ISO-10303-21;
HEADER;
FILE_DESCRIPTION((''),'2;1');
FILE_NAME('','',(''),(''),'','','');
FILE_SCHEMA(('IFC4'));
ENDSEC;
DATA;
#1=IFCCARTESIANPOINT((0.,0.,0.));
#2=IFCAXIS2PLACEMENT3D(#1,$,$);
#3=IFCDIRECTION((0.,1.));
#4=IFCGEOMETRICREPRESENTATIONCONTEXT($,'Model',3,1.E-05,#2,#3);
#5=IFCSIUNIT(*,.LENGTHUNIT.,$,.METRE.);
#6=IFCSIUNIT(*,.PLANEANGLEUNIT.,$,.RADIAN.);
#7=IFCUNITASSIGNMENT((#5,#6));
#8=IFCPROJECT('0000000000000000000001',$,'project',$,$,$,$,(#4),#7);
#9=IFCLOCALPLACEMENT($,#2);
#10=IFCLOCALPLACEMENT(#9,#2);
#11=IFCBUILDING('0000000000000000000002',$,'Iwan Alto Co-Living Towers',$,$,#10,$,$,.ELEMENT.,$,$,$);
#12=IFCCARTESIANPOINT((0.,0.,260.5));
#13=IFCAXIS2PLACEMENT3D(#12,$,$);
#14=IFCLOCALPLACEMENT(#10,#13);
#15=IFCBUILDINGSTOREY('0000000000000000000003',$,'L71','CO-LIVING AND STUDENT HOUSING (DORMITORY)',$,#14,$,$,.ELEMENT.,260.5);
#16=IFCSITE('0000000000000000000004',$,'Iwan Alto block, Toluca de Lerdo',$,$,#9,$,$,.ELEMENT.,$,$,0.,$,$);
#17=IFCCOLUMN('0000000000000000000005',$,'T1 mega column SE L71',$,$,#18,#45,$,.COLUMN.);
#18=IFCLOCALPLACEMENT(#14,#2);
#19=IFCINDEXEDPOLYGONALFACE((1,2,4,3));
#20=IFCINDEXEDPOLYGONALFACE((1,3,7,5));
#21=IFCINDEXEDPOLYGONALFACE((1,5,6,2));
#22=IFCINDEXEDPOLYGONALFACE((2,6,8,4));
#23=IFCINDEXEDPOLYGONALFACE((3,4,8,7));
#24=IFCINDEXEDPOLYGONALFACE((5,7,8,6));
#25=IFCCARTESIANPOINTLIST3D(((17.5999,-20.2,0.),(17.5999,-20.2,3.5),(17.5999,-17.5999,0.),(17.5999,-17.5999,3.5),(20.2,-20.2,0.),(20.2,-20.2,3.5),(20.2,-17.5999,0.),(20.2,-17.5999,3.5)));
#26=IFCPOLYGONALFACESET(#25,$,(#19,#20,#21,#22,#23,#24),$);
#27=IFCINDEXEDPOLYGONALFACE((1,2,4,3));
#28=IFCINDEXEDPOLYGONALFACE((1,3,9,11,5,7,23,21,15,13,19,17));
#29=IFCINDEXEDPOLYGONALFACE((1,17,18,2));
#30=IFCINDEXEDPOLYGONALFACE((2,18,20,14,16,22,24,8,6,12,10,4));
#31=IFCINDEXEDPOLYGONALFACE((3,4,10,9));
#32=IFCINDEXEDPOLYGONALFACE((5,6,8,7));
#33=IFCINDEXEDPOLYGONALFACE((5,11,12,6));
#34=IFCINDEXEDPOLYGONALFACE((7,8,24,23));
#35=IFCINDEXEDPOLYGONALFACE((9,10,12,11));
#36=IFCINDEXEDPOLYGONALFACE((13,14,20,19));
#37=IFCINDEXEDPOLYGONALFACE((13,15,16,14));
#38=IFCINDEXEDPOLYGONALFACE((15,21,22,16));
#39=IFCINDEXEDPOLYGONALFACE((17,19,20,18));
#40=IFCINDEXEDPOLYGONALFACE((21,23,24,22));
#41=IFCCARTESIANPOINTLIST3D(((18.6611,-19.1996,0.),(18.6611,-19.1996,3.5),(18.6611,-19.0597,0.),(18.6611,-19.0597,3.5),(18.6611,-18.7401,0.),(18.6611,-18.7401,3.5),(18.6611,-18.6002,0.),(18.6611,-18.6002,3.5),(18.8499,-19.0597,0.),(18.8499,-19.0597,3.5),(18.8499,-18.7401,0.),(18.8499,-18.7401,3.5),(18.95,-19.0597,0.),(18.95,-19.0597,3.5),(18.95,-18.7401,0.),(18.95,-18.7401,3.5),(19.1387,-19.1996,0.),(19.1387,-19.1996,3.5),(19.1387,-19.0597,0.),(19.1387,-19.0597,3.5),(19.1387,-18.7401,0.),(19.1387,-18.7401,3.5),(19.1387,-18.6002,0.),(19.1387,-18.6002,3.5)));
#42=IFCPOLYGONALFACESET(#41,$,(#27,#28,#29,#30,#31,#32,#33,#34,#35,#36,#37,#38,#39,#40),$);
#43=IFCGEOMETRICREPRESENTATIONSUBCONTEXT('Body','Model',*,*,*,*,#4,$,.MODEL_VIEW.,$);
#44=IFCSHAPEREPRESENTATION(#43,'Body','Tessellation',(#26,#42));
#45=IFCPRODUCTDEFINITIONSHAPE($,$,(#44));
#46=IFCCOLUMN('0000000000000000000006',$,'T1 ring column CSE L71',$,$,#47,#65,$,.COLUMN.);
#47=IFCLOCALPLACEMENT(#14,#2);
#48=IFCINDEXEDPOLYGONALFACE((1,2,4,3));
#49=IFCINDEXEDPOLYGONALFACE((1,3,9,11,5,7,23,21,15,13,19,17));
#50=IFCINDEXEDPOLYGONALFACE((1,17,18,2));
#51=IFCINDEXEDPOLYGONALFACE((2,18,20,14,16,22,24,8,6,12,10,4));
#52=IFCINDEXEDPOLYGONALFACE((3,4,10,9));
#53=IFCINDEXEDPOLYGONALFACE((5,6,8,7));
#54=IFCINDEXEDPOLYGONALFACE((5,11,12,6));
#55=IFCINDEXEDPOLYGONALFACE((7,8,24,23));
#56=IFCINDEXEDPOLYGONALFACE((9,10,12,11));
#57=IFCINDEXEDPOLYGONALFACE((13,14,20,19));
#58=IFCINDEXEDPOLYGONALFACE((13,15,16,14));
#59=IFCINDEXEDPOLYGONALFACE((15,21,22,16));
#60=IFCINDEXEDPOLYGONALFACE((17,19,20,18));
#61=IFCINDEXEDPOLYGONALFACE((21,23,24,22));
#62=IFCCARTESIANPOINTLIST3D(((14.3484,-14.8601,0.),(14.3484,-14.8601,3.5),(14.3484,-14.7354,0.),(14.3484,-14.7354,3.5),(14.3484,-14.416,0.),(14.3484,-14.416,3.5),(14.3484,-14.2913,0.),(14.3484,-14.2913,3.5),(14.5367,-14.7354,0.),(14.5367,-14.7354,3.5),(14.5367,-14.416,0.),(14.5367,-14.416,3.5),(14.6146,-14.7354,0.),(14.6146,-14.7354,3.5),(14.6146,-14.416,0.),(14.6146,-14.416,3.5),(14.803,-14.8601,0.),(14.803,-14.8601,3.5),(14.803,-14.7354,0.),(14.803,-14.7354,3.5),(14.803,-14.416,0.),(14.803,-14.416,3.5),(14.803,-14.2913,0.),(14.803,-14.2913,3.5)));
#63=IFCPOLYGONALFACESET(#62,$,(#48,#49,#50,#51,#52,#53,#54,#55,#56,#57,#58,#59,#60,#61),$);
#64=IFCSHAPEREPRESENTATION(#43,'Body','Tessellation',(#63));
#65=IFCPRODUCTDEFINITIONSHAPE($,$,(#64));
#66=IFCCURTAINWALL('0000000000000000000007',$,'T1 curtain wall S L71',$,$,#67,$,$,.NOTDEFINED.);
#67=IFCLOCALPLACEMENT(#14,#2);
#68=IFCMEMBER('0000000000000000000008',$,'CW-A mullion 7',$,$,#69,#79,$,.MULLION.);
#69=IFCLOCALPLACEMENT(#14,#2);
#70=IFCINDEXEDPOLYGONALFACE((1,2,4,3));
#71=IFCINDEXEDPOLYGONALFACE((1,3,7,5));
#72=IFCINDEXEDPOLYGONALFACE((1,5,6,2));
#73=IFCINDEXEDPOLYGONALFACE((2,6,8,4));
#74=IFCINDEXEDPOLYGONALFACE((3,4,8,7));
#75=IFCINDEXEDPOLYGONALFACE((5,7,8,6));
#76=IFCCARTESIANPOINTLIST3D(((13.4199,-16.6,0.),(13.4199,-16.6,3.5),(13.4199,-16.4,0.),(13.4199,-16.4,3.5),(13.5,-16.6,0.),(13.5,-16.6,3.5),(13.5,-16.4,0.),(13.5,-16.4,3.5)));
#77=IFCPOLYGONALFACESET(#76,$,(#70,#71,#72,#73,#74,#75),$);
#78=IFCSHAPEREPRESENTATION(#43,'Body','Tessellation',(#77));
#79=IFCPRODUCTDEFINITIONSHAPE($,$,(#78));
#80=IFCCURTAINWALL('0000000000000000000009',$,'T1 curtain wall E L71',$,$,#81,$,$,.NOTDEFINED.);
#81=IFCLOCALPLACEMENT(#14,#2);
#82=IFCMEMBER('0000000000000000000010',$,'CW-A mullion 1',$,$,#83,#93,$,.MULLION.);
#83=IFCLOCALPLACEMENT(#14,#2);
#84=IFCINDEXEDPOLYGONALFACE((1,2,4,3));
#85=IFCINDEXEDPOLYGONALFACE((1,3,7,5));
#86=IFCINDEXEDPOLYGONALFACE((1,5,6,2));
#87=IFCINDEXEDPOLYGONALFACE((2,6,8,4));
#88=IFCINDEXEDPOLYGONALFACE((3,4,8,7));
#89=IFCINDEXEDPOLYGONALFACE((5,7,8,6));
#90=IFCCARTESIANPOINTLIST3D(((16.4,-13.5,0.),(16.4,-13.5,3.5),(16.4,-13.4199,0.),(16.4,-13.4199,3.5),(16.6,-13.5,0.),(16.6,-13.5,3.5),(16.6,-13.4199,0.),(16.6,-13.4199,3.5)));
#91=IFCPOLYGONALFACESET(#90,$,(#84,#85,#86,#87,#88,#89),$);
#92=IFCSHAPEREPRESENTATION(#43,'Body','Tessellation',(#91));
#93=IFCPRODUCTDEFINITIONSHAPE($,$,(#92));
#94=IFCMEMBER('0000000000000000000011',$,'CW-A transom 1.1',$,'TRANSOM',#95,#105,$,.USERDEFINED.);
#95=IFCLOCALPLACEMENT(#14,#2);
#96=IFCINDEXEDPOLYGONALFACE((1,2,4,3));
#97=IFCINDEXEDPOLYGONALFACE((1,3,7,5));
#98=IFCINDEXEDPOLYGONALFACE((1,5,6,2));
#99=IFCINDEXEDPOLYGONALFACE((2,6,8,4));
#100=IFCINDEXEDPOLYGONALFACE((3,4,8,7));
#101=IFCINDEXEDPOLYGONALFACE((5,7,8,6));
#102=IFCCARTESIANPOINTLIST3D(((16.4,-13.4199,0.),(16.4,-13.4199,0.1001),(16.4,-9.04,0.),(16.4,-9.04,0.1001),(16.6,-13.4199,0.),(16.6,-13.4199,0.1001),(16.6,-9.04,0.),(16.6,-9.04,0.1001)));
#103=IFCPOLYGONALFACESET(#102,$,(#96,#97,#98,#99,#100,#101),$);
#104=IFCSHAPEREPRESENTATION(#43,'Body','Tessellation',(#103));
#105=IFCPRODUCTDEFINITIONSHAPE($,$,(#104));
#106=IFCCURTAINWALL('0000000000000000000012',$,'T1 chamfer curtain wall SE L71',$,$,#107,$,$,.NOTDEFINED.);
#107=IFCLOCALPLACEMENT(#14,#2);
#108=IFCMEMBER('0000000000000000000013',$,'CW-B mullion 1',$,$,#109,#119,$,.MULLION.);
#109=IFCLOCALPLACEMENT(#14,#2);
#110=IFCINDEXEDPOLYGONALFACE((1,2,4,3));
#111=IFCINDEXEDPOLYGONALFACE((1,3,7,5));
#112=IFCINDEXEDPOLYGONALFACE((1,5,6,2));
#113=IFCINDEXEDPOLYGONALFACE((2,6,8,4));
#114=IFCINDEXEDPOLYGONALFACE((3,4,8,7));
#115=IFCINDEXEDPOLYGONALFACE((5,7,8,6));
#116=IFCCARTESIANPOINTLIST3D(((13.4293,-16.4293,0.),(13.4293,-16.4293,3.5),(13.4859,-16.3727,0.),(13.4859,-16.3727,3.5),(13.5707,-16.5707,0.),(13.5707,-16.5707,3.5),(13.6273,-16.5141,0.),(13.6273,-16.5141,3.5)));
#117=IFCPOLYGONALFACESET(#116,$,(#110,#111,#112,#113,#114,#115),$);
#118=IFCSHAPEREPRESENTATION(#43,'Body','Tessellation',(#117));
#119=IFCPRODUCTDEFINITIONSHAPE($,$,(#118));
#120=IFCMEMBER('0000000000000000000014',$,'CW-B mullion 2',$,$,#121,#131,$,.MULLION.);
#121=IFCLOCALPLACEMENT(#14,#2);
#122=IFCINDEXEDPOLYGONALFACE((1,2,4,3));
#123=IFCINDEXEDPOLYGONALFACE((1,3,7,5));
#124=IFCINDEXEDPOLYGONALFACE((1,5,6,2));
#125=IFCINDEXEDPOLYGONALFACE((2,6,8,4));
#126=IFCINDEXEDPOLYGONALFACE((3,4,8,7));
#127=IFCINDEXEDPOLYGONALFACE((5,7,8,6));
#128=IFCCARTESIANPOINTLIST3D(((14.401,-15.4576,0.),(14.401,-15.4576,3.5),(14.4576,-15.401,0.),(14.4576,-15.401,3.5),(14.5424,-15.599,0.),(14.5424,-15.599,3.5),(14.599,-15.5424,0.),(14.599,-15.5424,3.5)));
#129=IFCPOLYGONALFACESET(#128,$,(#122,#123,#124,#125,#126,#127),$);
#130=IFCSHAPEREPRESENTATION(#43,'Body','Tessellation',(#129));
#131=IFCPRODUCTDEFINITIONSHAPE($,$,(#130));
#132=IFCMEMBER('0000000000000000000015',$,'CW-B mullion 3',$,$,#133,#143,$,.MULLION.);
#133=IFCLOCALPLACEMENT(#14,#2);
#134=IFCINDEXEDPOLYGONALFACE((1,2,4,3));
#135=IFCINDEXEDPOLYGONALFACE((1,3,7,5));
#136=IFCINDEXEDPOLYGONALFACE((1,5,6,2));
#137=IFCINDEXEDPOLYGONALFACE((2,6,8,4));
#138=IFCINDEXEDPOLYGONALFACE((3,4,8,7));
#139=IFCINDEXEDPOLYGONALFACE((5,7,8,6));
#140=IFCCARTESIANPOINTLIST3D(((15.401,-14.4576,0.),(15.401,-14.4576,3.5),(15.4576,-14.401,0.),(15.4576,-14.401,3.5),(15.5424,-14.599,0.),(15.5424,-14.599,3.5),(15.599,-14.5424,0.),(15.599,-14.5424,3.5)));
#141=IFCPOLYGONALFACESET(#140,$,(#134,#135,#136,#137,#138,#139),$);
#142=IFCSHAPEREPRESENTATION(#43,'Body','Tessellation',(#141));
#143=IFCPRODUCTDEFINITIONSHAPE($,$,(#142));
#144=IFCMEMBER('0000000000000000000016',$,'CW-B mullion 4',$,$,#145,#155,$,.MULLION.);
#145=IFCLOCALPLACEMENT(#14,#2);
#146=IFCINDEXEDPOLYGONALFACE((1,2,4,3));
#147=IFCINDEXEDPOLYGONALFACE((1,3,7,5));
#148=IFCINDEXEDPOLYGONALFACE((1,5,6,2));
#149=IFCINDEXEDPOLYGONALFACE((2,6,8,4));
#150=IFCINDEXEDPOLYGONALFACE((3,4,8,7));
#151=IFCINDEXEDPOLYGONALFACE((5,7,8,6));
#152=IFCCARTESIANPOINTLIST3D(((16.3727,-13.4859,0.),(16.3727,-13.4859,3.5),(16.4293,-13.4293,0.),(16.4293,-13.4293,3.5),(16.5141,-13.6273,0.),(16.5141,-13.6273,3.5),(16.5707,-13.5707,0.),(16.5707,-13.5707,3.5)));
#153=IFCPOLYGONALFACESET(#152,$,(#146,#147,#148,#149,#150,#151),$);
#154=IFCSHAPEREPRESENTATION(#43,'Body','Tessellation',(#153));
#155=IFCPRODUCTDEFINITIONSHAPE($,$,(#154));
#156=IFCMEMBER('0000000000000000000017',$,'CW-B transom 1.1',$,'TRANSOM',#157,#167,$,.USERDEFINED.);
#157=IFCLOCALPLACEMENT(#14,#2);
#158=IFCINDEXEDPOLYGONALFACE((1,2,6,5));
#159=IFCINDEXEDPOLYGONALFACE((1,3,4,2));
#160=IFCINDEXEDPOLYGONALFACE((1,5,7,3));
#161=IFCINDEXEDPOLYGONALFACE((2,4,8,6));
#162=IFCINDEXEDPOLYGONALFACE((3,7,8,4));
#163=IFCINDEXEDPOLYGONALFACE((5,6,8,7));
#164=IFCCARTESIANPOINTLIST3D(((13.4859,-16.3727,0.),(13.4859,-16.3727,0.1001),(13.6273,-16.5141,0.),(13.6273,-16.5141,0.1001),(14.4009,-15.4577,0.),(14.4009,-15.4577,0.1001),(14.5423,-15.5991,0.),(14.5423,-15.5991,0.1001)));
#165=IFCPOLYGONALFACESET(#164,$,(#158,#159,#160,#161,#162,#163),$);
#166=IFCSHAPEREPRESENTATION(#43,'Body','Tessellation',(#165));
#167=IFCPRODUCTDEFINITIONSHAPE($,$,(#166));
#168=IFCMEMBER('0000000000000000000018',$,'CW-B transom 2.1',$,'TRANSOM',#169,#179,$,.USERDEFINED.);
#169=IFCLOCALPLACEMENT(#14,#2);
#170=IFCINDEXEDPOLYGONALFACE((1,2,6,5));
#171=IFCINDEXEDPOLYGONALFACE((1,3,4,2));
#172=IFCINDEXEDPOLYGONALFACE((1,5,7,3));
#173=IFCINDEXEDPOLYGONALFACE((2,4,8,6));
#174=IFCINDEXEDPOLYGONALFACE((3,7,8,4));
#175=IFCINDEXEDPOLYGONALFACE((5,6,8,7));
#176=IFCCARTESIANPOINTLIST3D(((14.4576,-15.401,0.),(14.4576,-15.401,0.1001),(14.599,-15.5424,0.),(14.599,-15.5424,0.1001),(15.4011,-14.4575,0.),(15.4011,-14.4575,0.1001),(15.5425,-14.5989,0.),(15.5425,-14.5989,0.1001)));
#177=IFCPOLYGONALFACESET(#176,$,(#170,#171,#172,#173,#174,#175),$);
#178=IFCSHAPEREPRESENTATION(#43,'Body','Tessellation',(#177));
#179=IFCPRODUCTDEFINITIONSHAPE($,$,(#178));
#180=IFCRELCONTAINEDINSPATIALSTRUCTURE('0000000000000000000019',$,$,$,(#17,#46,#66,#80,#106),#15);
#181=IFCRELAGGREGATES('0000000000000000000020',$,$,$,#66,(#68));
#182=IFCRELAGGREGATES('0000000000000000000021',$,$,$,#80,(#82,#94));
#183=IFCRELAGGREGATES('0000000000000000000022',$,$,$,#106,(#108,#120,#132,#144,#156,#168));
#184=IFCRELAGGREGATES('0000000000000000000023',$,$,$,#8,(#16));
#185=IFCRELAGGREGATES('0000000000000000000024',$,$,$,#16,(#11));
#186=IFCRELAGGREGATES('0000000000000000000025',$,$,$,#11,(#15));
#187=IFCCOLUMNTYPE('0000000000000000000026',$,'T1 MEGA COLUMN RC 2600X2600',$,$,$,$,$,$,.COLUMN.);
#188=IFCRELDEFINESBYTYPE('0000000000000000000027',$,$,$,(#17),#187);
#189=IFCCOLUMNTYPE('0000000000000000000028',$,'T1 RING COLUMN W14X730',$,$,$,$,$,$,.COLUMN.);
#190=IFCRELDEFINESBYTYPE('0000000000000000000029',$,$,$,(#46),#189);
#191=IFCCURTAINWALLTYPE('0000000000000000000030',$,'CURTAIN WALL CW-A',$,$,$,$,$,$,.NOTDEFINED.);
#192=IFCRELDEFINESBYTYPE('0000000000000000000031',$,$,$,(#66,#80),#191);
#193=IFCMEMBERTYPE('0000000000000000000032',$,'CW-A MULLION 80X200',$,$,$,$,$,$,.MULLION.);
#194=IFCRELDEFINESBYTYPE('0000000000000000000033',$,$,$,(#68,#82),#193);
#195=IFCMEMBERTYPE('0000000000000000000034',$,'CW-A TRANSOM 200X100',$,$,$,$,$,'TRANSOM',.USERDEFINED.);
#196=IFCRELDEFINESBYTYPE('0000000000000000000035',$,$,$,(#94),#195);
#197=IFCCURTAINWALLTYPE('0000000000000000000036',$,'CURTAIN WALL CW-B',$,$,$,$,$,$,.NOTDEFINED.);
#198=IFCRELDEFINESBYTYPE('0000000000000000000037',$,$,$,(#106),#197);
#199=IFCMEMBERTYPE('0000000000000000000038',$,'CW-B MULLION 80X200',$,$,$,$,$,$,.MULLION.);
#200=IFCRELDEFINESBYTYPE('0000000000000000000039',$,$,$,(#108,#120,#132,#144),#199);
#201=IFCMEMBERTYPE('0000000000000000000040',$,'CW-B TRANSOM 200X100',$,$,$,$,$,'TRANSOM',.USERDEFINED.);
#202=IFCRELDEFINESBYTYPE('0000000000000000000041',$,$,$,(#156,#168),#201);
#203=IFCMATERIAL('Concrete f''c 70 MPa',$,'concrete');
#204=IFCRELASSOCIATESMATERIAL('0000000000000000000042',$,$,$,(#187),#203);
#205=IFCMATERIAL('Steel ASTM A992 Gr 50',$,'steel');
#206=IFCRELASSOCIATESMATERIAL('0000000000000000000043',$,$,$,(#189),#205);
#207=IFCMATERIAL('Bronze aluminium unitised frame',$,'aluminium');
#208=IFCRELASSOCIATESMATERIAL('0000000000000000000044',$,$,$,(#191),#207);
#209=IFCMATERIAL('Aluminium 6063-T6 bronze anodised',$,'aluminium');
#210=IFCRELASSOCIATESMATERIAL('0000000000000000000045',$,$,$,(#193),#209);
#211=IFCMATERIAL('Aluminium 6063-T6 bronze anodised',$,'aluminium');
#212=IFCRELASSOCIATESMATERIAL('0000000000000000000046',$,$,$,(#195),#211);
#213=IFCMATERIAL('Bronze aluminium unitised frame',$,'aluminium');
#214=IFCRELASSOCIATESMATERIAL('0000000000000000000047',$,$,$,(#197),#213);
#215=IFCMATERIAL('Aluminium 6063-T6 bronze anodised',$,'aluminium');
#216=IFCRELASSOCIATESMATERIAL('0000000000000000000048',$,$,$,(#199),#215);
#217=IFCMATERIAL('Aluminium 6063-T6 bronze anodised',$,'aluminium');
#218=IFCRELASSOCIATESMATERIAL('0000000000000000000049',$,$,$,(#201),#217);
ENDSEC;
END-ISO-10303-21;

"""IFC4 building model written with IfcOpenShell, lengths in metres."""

from ifc_helpers import new_model, si_unit, direction, frame, origin, origin_2d, place, context, subcontext, project, spatial, rectangle, i_section, extrude, material, material_profile, profile_set, type_object, element, aggregate, save


model = new_model("IFC4")

# Units and contexts
model_context = context("Model", 3, precision=1e-05, world=origin(), true_north=direction((0.0, 1.0)))
body_context = subcontext(model_context, "Body", "Model", "MODEL_VIEW")
ifc_project = project(units=[si_unit("LENGTHUNIT", "METRE"), si_unit("PLANEANGLEUNIT", "RADIAN")], contexts=[model_context])

# Site, building, storey
site_placement = place(None, origin())
site = spatial("IfcSite", under=ifc_project, at=site_placement, Name="Iwan Alto block, Toluca de Lerdo", CompositionType="ELEMENT", RefElevation=0.0)
building_placement = place(site_placement, origin())
building = spatial("IfcBuilding", under=site, at=building_placement, Name="Iwan Alto Co-Living Towers", CompositionType="ELEMENT")
storey_placement = place(building_placement, frame((0.0, 0.0, 260.5)))
storey = spatial("IfcBuildingStorey", under=building, at=storey_placement, Name="L71", Description="CO-LIVING AND STUDENT HOUSING (DORMITORY)", CompositionType="ELEMENT", Elevation=260.5)

# Columns
ifc_material_1 = material(Name="Concrete f'c 70 MPa", Category="concrete")
ifc_material_profile_1 = material_profile(ifc_material_1, rectangle(XDim=2.6001, YDim=2.6001, at=origin_2d()), Name="RC 2600X2600")
ifc_profile_set_1 = profile_set([ifc_material_profile_1], Name="Concrete f'c 70 MPa")
column_type_1 = type_object("IfcColumnType", Name="T1 MEGA COLUMN RC 2600X2600", PredefinedType="COLUMN", material=ifc_profile_set_1)
column_1_placement = place(storey_placement, frame((18.8999, -18.8999, 0.0), z_axis=(0.0, 0.0, 1.0), x_axis=(1.0, 0.0, 0.0)))
element("IfcColumn", 1, at=column_1_placement, inside=storey, type_object=column_type_1, Name="T1 mega column SE L71", PredefinedType="COLUMN", context=body_context, shape_type="SweptSolid", body=[
    extrude(rectangle(XDim=2.6001, YDim=2.6001, at=origin_2d()), origin(), (0.0, 0.0, 1.0), 3.5),
    extrude(i_section(OverallWidth=0.4775, OverallDepth=0.5994, WebThickness=0.1001, FlangeThickness=0.1399, at=origin_2d()), origin(), (0.0, 0.0, 1.0), 3.5),
])
ifc_material_2 = material(Name="Steel ASTM A992 Gr 50", Category="steel")
ifc_material_profile_2 = material_profile(ifc_material_2, i_section(OverallWidth=0.4546, OverallDepth=0.5688, WebThickness=0.0779, FlangeThickness=0.1248, at=origin_2d()), Name="W14X730")
ifc_profile_set_2 = profile_set([ifc_material_profile_2], Name="Steel ASTM A992 Gr 50")
column_type_2 = type_object("IfcColumnType", Name="T1 RING COLUMN W14X730", PredefinedType="COLUMN", material=ifc_profile_set_2)
column_2_placement = place(storey_placement, frame((14.5757, -14.5757, 0.0), z_axis=(0.0, 0.0, 1.0), x_axis=(1.0, 0.0, 0.0)))
element("IfcColumn", 2, at=column_2_placement, inside=storey, type_object=column_type_2, Name="T1 ring column CSE L71", PredefinedType="COLUMN", context=body_context, shape_type="SweptSolid", body=[
    extrude(i_section(OverallWidth=0.4546, OverallDepth=0.5688, WebThickness=0.0779, FlangeThickness=0.1248, at=origin_2d()), origin(), (0.0, 0.0, 1.0), 3.5),
])

# Curtain wall, member
ifc_material_3 = material(Name="Bronze aluminium unitised frame", Category="aluminium")
curtain_wall_type_1 = type_object("IfcCurtainWallType", Name="CURTAIN WALL CW-A", PredefinedType="NOTDEFINED", material=ifc_material_3)
curtain_wall_1_placement = place(storey_placement, origin())
curtain_wall_1 = element("IfcCurtainWall", 3, at=curtain_wall_1_placement, inside=storey, type_object=curtain_wall_type_1, Name="T1 curtain wall S L71", PredefinedType="NOTDEFINED")
ifc_material_4 = material(Name="Aluminium 6063-T6 bronze anodised", Category="aluminium")
ifc_material_profile_3 = material_profile(ifc_material_4, rectangle(XDim=0.2, YDim=0.0801, at=origin_2d()), Name="AL 80X200")
ifc_profile_set_3 = profile_set([ifc_material_profile_3], Name="Aluminium 6063-T6 bronze anodised")
member_type_1 = type_object("IfcMemberType", Name="CW-A MULLION 80X200", PredefinedType="MULLION", material=ifc_profile_set_3)
member_1_placement = place(storey_placement, frame((13.46, -16.5, 0.0), z_axis=(0.0, 0.0, 1.0), x_axis=(0.0, 1.0, 0.0)))
member_1 = element("IfcMember", 4, at=member_1_placement, type_object=member_type_1, Name="CW-A mullion 7", PredefinedType="MULLION", context=body_context, shape_type="SweptSolid", body=[
    extrude(rectangle(XDim=0.2, YDim=0.0801, at=origin_2d()), origin(), (0.0, 0.0, 1.0), 3.5),
])
aggregate(curtain_wall_1, [member_1])

# Curtain walls, members
curtain_wall_2_placement = place(storey_placement, origin())
curtain_wall_2 = element("IfcCurtainWall", 5, at=curtain_wall_2_placement, inside=storey, type_object=curtain_wall_type_1, Name="T1 curtain wall E L71", PredefinedType="NOTDEFINED")
member_2_placement = place(storey_placement, frame((16.5, -13.46, 0.0), z_axis=(0.0, 0.0, 1.0), x_axis=(-1.0, 0.0, 0.0)))
member_2 = element("IfcMember", 6, at=member_2_placement, type_object=member_type_1, Name="CW-A mullion 1", PredefinedType="MULLION", context=body_context, shape_type="SweptSolid", body=[
    extrude(rectangle(XDim=0.2, YDim=0.0801, at=origin_2d()), origin(), (0.0, 0.0, 1.0), 3.5),
])
ifc_material_5 = material(Name="Aluminium 6063-T6 bronze anodised", Category="aluminium")
ifc_material_profile_4 = material_profile(ifc_material_5, rectangle(XDim=0.2, YDim=0.1001, at=origin_2d()), Name="AL 200X100")
ifc_profile_set_4 = profile_set([ifc_material_profile_4], Name="Aluminium 6063-T6 bronze anodised")
member_type_2 = type_object("IfcMemberType", Name="CW-A TRANSOM 200X100", ElementType="TRANSOM", PredefinedType="USERDEFINED", material=ifc_profile_set_4)
member_3_placement = place(storey_placement, frame((16.5, -13.4199, 0.05), z_axis=(0.0, 1.0, 0.0), x_axis=(-1.0, 0.0, 0.0)))
member_3 = element("IfcMember", 7, at=member_3_placement, type_object=member_type_2, Name="CW-A transom 1.1", ObjectType="TRANSOM", PredefinedType="USERDEFINED", context=body_context, shape_type="SweptSolid", body=[
    extrude(rectangle(XDim=0.2, YDim=0.1001, at=origin_2d()), origin(), (0.0, 0.0, 1.0), 4.3799),
])
aggregate(curtain_wall_2, [member_2, member_3])
ifc_material_6 = material(Name="Bronze aluminium unitised frame", Category="aluminium")
curtain_wall_type_2 = type_object("IfcCurtainWallType", Name="CURTAIN WALL CW-B", PredefinedType="NOTDEFINED", material=ifc_material_6)
curtain_wall_3_placement = place(storey_placement, origin())
curtain_wall_3 = element("IfcCurtainWall", 8, at=curtain_wall_3_placement, inside=storey, type_object=curtain_wall_type_2, Name="T1 chamfer curtain wall SE L71", PredefinedType="NOTDEFINED")
ifc_material_7 = material(Name="Aluminium 6063-T6 bronze anodised", Category="aluminium")
ifc_material_profile_5 = material_profile(ifc_material_7, rectangle(XDim=0.2, YDim=0.0801, at=origin_2d()), Name="AL 80X200")
ifc_profile_set_5 = profile_set([ifc_material_profile_5], Name="Aluminium 6063-T6 bronze anodised")
member_type_3 = type_object("IfcMemberType", Name="CW-B MULLION 80X200", PredefinedType="MULLION", material=ifc_profile_set_5)
member_4_placement = place(storey_placement, frame((13.5283, -16.4717, 0.0), z_axis=(0.0, 0.0, 1.0), x_axis=(-0.707107, 0.707107, 0.0)))
member_4 = element("IfcMember", 9, at=member_4_placement, type_object=member_type_3, Name="CW-B mullion 1", PredefinedType="MULLION", context=body_context, shape_type="SweptSolid", body=[
    extrude(rectangle(XDim=0.2, YDim=0.0801, at=origin_2d()), origin(), (0.0, 0.0, 1.0), 3.5),
])
member_5_placement = place(storey_placement, frame((14.5, -15.5, 0.0), z_axis=(0.0, 0.0, 1.0), x_axis=(-0.707107, 0.707107, 0.0)))
member_5 = element("IfcMember", 10, at=member_5_placement, type_object=member_type_3, Name="CW-B mullion 2", PredefinedType="MULLION", context=body_context, shape_type="SweptSolid", body=[
    extrude(rectangle(XDim=0.2, YDim=0.0801, at=origin_2d()), origin(), (0.0, 0.0, 1.0), 3.5),
])
member_6_placement = place(storey_placement, frame((15.5, -14.5, 0.0), z_axis=(0.0, 0.0, 1.0), x_axis=(-0.707107, 0.707107, 0.0)))
member_6 = element("IfcMember", 11, at=member_6_placement, type_object=member_type_3, Name="CW-B mullion 3", PredefinedType="MULLION", context=body_context, shape_type="SweptSolid", body=[
    extrude(rectangle(XDim=0.2, YDim=0.0801, at=origin_2d()), origin(), (0.0, 0.0, 1.0), 3.5),
])
member_7_placement = place(storey_placement, frame((16.4717, -13.5283, 0.0), z_axis=(0.0, 0.0, 1.0), x_axis=(-0.707107, 0.707107, 0.0)))
member_7 = element("IfcMember", 12, at=member_7_placement, type_object=member_type_3, Name="CW-B mullion 4", PredefinedType="MULLION", context=body_context, shape_type="SweptSolid", body=[
    extrude(rectangle(XDim=0.2, YDim=0.0801, at=origin_2d()), origin(), (0.0, 0.0, 1.0), 3.5),
])
ifc_material_8 = material(Name="Aluminium 6063-T6 bronze anodised", Category="aluminium")
ifc_material_profile_6 = material_profile(ifc_material_8, rectangle(XDim=0.2, YDim=0.1001, at=origin_2d()), Name="AL 200X100")
ifc_profile_set_6 = profile_set([ifc_material_profile_6], Name="Aluminium 6063-T6 bronze anodised")
member_type_4 = type_object("IfcMemberType", Name="CW-B TRANSOM 200X100", ElementType="TRANSOM", PredefinedType="USERDEFINED", material=ifc_profile_set_6)
member_8_placement = place(storey_placement, frame((13.5566, -16.4434, 0.05), z_axis=(0.707107, 0.707107, 0.0), x_axis=(-0.707107, 0.707107, 0.0)))
member_8 = element("IfcMember", 13, at=member_8_placement, type_object=member_type_4, Name="CW-B transom 1.1", ObjectType="TRANSOM", PredefinedType="USERDEFINED", context=body_context, shape_type="SweptSolid", body=[
    extrude(rectangle(XDim=0.2, YDim=0.1001, at=origin_2d()), origin(), (0.0, 0.0, 1.0), 1.2939),
])
member_9_placement = place(storey_placement, frame((14.5283, -15.4717, 0.05), z_axis=(0.707107, 0.707107, 0.0), x_axis=(-0.707107, 0.707107, 0.0)))
member_9 = element("IfcMember", 14, at=member_9_placement, type_object=member_type_4, Name="CW-B transom 2.1", ObjectType="TRANSOM", PredefinedType="USERDEFINED", context=body_context, shape_type="SweptSolid", body=[
    extrude(rectangle(XDim=0.2, YDim=0.1001, at=origin_2d()), origin(), (0.0, 0.0, 1.0), 1.3342),
])

aggregate(curtain_wall_3, [member_4, member_5, member_6, member_7, member_8, member_9])

save(model, "model.ifc")
